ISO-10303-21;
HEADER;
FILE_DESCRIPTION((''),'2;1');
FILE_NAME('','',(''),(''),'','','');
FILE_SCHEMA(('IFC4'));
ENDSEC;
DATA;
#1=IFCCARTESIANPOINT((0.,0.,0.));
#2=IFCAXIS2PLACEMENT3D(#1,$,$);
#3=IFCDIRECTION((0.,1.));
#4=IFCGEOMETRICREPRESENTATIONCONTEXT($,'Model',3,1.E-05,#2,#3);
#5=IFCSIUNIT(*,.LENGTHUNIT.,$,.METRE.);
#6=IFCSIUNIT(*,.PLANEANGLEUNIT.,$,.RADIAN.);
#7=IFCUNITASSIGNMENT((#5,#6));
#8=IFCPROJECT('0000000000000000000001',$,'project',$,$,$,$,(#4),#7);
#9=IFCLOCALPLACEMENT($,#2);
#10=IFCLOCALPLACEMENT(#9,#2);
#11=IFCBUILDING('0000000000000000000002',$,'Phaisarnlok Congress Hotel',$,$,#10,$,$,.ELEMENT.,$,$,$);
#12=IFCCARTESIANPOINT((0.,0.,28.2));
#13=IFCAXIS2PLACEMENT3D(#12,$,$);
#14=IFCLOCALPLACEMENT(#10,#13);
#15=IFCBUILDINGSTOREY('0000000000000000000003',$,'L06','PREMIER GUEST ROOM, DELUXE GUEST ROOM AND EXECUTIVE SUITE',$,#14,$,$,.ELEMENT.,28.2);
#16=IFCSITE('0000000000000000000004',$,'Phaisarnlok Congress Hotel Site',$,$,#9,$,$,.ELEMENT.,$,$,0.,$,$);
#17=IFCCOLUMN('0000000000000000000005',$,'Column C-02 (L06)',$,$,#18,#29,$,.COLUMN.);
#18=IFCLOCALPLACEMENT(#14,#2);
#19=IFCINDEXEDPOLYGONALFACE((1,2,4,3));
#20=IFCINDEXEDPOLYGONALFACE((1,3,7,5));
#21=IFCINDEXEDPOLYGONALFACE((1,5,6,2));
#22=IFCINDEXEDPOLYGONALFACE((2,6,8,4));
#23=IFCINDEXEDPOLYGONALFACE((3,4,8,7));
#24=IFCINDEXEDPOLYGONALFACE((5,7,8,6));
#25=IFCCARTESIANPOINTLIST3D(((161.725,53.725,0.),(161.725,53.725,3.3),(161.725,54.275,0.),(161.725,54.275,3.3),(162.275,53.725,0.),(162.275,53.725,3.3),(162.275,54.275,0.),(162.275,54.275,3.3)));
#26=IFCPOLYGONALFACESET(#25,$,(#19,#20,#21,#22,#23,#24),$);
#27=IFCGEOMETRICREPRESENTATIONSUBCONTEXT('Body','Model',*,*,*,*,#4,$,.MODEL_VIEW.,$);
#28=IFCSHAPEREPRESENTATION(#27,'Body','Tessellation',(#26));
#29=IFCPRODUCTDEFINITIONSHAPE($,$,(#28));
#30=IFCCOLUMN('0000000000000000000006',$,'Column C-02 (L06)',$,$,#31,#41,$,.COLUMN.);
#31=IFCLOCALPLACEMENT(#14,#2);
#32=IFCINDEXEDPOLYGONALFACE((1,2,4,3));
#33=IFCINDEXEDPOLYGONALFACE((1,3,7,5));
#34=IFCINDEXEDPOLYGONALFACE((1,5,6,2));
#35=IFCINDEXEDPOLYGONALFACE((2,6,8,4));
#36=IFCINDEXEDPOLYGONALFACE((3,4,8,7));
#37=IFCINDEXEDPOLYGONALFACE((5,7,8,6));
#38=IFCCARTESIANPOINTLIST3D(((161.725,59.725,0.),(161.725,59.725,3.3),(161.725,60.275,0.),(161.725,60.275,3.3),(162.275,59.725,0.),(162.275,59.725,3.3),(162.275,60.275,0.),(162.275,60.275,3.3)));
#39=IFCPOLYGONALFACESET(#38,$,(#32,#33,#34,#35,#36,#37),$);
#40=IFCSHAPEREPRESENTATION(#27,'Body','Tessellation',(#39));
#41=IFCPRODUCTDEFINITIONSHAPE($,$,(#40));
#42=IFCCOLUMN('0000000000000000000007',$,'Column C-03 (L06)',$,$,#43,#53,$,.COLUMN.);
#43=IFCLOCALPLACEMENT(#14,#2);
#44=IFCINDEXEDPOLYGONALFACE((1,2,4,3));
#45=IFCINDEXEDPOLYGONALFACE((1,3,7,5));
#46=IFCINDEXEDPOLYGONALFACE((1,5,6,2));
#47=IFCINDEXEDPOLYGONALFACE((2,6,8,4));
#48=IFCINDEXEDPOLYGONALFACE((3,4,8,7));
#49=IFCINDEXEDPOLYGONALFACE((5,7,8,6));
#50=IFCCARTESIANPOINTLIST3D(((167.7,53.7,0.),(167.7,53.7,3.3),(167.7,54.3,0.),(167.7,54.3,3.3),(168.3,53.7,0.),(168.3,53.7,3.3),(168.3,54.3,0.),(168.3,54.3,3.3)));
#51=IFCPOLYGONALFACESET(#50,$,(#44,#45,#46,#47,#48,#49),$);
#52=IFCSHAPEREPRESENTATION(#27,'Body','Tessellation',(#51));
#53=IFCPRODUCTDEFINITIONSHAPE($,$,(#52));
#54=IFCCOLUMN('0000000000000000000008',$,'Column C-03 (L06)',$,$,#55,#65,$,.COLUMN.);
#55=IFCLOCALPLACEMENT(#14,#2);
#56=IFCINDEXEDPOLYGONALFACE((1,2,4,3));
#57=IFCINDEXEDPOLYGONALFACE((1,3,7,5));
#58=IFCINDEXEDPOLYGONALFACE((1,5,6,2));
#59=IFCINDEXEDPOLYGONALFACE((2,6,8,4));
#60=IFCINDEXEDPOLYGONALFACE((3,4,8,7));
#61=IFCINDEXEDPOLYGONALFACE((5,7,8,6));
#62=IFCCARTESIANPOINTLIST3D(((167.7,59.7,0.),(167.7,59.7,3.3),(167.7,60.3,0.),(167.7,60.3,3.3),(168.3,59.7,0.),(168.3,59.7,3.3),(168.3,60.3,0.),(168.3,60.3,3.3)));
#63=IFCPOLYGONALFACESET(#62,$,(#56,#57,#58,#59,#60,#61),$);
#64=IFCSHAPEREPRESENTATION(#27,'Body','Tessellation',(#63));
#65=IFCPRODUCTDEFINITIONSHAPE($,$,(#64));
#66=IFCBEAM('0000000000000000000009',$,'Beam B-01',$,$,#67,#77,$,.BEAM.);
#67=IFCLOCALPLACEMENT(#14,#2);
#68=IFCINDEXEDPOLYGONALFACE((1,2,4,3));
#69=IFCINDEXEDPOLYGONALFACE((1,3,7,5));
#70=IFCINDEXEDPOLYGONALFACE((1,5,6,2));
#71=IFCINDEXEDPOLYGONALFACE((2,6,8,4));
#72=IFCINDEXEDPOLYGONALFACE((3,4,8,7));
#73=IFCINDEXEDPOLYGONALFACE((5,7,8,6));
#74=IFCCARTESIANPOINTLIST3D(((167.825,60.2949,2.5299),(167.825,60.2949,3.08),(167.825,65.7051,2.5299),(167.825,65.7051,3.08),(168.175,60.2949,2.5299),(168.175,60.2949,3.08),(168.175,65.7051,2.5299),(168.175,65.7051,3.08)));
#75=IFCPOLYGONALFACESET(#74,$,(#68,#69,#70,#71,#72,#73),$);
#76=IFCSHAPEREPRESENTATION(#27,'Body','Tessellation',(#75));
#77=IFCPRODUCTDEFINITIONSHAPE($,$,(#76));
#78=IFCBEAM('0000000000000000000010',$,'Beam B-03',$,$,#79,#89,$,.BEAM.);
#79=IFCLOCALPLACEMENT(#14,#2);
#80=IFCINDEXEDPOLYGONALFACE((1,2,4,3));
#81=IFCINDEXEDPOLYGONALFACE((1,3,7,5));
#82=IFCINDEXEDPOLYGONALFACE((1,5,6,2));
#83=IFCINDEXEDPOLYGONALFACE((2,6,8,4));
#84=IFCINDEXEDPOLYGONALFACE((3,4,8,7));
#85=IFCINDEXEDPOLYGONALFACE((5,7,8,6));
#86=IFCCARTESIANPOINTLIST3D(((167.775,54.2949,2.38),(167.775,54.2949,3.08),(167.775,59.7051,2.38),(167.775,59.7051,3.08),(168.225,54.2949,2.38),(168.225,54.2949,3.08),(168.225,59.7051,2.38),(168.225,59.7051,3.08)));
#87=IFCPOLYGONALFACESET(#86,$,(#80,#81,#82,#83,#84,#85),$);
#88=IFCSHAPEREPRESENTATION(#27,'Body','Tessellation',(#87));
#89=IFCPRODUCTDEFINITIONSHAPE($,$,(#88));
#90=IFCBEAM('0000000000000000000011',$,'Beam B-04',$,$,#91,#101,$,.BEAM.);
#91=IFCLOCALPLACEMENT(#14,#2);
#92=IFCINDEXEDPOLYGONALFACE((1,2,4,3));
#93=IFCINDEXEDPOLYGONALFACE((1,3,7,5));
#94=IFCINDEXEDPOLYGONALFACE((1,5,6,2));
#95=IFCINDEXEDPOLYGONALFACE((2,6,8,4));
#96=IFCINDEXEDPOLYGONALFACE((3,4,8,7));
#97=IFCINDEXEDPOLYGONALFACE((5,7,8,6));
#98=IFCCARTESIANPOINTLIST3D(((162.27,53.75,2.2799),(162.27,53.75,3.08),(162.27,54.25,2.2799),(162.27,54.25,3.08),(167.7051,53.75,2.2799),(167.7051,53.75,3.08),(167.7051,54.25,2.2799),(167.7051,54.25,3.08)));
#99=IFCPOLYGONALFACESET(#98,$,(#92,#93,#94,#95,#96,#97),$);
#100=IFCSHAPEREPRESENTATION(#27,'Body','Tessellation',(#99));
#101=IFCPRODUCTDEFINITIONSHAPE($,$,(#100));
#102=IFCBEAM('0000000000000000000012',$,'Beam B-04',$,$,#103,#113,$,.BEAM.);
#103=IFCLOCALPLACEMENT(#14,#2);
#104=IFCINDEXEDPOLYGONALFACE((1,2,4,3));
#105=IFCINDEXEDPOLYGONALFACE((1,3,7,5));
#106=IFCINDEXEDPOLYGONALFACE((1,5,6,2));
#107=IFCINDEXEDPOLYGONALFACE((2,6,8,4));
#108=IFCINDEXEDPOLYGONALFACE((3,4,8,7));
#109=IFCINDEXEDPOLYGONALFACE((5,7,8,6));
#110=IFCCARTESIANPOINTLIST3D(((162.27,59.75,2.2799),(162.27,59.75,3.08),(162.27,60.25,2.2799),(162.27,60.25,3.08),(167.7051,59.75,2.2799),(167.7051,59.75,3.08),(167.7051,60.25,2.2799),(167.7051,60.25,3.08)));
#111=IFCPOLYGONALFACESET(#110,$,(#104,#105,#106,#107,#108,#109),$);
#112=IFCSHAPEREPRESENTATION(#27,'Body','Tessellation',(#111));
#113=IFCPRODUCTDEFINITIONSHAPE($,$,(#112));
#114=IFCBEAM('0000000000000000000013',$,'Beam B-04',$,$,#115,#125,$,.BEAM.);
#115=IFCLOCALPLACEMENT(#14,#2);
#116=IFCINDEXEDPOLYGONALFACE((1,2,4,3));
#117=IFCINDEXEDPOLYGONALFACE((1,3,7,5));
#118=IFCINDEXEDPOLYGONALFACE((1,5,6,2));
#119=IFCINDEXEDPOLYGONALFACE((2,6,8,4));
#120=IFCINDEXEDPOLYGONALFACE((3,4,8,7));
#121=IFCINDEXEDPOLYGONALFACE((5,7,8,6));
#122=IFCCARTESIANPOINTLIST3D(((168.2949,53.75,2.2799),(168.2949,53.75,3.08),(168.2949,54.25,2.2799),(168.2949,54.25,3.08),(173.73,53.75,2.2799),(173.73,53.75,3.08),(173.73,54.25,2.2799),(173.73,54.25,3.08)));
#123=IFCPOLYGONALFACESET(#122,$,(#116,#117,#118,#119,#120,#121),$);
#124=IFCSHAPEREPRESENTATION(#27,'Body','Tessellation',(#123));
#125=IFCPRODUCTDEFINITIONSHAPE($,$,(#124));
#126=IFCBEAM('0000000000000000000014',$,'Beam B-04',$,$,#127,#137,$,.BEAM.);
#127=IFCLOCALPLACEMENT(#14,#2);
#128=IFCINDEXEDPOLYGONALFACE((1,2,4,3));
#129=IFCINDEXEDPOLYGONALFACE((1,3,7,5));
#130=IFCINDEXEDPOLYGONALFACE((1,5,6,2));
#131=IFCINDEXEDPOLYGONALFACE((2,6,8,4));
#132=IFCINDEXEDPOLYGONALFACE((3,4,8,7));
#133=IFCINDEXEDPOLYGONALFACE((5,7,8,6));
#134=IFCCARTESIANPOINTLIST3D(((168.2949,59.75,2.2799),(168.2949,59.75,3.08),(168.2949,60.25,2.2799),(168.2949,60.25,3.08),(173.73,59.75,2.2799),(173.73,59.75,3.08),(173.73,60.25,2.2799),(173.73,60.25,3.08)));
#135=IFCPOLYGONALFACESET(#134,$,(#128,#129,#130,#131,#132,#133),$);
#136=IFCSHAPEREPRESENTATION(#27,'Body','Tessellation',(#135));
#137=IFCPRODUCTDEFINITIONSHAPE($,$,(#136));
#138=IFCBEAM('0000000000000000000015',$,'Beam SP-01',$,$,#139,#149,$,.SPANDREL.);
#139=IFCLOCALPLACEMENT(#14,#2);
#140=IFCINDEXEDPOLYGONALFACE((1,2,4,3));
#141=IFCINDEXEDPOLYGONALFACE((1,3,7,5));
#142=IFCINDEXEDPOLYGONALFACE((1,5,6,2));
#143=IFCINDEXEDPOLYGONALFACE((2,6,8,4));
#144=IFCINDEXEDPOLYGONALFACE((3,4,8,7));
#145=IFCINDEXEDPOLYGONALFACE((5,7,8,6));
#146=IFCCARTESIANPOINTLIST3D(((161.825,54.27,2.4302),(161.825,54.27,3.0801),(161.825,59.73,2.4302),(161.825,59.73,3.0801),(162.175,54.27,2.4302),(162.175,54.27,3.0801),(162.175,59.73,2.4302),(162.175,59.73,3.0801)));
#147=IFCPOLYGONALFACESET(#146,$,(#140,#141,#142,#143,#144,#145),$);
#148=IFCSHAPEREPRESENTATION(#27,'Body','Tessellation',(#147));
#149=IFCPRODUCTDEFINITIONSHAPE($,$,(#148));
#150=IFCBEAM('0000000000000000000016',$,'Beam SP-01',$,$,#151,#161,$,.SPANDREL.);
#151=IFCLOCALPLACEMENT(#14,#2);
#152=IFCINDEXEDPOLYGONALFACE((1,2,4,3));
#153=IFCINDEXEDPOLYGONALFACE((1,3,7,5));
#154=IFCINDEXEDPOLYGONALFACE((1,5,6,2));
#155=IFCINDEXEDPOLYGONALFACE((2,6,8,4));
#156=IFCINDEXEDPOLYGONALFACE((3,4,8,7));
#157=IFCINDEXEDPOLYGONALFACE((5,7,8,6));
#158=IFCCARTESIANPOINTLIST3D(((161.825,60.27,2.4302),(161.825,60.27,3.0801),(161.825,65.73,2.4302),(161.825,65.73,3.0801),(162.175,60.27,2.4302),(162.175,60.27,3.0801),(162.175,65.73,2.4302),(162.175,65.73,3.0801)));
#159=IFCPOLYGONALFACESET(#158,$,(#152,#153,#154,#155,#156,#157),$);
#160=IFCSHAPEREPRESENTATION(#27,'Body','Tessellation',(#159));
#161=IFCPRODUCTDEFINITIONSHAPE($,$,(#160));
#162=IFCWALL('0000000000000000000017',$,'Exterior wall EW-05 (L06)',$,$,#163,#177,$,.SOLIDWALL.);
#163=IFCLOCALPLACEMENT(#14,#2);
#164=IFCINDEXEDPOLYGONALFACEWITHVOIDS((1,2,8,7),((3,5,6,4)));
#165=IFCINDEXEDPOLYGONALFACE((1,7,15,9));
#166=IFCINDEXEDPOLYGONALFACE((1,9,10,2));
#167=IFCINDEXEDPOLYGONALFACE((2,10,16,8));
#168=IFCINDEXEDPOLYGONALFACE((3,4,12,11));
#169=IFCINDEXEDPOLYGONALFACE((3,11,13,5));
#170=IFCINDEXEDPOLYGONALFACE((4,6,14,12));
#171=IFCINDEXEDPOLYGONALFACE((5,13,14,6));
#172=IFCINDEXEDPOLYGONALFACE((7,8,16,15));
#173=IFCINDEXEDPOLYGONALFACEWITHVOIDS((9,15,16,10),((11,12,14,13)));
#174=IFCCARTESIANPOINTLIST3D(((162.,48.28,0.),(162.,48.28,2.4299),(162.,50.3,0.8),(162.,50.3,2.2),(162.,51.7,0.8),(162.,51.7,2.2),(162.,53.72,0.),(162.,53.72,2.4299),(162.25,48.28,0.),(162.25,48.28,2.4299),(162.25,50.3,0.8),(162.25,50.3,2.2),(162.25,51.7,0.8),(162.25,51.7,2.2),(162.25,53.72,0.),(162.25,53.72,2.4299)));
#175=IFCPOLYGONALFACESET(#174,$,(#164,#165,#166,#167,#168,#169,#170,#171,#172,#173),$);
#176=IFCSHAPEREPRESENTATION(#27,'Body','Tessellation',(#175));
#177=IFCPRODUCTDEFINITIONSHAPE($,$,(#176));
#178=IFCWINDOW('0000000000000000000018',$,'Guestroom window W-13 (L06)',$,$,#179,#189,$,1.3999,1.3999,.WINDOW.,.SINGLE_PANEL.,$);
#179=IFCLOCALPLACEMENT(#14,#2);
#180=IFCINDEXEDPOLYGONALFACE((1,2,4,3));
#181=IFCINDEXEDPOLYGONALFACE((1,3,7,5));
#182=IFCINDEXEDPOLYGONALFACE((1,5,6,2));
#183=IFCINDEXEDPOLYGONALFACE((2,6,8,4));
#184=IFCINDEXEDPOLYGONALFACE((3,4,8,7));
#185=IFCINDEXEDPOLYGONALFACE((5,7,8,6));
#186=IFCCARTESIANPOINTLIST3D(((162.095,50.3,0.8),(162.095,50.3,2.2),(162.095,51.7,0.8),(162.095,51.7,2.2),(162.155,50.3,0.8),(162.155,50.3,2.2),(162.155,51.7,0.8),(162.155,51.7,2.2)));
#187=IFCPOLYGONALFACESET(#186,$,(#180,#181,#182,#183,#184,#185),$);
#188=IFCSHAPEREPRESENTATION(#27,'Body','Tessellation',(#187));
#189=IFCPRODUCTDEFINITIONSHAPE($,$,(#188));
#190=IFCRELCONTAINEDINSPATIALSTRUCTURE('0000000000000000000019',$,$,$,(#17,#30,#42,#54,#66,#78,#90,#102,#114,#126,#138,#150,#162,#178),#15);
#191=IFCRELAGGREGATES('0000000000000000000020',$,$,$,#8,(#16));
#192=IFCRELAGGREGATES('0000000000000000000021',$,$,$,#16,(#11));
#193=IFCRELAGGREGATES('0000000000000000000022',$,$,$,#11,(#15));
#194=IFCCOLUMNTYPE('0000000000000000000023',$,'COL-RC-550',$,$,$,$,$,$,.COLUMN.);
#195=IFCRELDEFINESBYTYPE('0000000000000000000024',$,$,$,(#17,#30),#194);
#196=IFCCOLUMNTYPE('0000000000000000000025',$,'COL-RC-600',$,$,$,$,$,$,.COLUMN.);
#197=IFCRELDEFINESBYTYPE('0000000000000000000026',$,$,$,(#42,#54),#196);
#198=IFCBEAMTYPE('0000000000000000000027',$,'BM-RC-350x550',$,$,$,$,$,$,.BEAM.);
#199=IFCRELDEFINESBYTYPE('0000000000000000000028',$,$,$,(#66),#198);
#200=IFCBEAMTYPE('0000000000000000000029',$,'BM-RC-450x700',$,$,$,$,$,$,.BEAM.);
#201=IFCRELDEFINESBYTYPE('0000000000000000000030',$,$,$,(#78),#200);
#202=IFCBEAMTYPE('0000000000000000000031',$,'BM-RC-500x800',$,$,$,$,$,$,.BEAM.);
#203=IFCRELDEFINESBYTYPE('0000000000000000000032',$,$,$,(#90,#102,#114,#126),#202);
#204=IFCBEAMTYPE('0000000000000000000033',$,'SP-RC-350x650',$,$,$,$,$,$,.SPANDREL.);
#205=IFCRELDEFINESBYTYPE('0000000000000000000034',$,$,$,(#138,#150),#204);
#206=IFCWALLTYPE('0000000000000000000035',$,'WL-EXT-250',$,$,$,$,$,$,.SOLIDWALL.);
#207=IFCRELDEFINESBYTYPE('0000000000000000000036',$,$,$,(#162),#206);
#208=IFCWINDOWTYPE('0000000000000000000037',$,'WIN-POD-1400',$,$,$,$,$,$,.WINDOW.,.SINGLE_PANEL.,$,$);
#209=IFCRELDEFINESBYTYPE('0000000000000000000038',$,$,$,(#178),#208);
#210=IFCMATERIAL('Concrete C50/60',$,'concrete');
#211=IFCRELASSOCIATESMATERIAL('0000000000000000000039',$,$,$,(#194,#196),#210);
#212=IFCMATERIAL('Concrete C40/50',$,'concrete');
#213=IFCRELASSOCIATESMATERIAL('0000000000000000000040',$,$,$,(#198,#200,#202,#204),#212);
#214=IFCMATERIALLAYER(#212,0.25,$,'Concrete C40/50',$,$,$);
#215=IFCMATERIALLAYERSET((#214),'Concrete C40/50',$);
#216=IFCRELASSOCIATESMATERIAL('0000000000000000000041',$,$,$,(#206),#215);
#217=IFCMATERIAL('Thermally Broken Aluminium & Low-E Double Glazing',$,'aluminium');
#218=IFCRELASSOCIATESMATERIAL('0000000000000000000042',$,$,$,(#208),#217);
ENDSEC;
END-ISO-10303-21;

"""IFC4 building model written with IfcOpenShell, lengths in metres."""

from ifc_helpers import new_model, si_unit, direction, frame, frame_2d, origin, origin_2d, place, context, subcontext, project, spatial, rectangle, extrude, material, layer, layer_set, material_profile, profile_set, type_object, element, fill, save


model = new_model("IFC4")

# Units and contexts
model_context = context("Model", 3, precision=1e-05, world=origin(), true_north=direction((0.0, 1.0)))
body_context = subcontext(model_context, "Body", "Model", "MODEL_VIEW")
ifc_project = project(units=[si_unit("LENGTHUNIT", "METRE"), si_unit("PLANEANGLEUNIT", "RADIAN")], contexts=[model_context])

# Site, building, storey
site_placement = place(None, origin())
site = spatial("IfcSite", under=ifc_project, at=site_placement, Name="Phaisarnlok Congress Hotel Site", CompositionType="ELEMENT", RefElevation=0.0)
building_placement = place(site_placement, origin())
building = spatial("IfcBuilding", under=site, at=building_placement, Name="Phaisarnlok Congress Hotel", CompositionType="ELEMENT")
storey_placement = place(building_placement, frame((0.0, 0.0, 28.2)))
storey = spatial("IfcBuildingStorey", under=building, at=storey_placement, Name="L06", Description="PREMIER GUEST ROOM, DELUXE GUEST ROOM AND EXECUTIVE SUITE", CompositionType="ELEMENT", Elevation=28.2)

# Columns
ifc_material_1 = material(Name="Concrete C50/60", Category="concrete")
ifc_material_profile_1 = material_profile(ifc_material_1, rectangle(XDim=0.55, YDim=0.55, at=origin_2d()), Name="RC 550x550")
ifc_profile_set_1 = profile_set([ifc_material_profile_1], Name="Concrete C50/60")
column_type_1 = type_object("IfcColumnType", Name="COL-RC-550", PredefinedType="COLUMN", material=ifc_profile_set_1)
for number, where, z_axis, x_axis, name in (
    (1, (162.0, 54.0, 0.0), (0.0, 0.0, 1.0), (1.0, 0.0, 0.0), "Column C-02 (L06)"),
    (2, (162.0, 60.0, 0.0), (0.0, 0.0, 1.0), (1.0, 0.0, 0.0), "Column C-02 (L06)"),
):
    element("IfcColumn", number, at=place(storey_placement, frame(where, z_axis=z_axis, x_axis=x_axis)), inside=storey, type_object=column_type_1, Name=name, PredefinedType="COLUMN", context=body_context, shape_type="SweptSolid", body=[
        extrude(rectangle(XDim=0.55, YDim=0.55, at=origin_2d()), origin(), (0.0, 0.0, 1.0), 3.3),
    ])
ifc_material_profile_2 = material_profile(ifc_material_1, rectangle(XDim=0.6001, YDim=0.6001, at=origin_2d()), Name="RC 600x600")
ifc_profile_set_2 = profile_set([ifc_material_profile_2], Name="Concrete C50/60")
column_type_2 = type_object("IfcColumnType", Name="COL-RC-600", PredefinedType="COLUMN", material=ifc_profile_set_2)
for number, where, z_axis, x_axis, name in (
    (3, (168.0, 54.0, 0.0), (0.0, 0.0, 1.0), (1.0, 0.0, 0.0), "Column C-03 (L06)"),
    (4, (168.0, 60.0, 0.0), (0.0, 0.0, 1.0), (1.0, 0.0, 0.0), "Column C-03 (L06)"),
):
    element("IfcColumn", number, at=place(storey_placement, frame(where, z_axis=z_axis, x_axis=x_axis)), inside=storey, type_object=column_type_2, Name=name, PredefinedType="COLUMN", context=body_context, shape_type="SweptSolid", body=[
        extrude(rectangle(XDim=0.6001, YDim=0.6001, at=origin_2d()), origin(), (0.0, 0.0, 1.0), 3.3),
    ])

# Beams
ifc_material_2 = material(Name="Concrete C40/50", Category="concrete")
ifc_material_profile_3 = material_profile(ifc_material_2, rectangle(XDim=0.3501, YDim=0.55, at=origin_2d()), Name="RC 350x550")
ifc_profile_set_3 = profile_set([ifc_material_profile_3], Name="Concrete C40/50")
beam_type_1 = type_object("IfcBeamType", Name="BM-RC-350x550", PredefinedType="BEAM", material=ifc_profile_set_3)
beam_1_placement = place(storey_placement, frame((168.0, 60.2949, 2.8049), z_axis=(0.0, 1.0, 0.0), x_axis=(-1.0, 0.0, 0.0)))
element("IfcBeam", 5, at=beam_1_placement, inside=storey, type_object=beam_type_1, Name="Beam B-01", PredefinedType="BEAM", context=body_context, shape_type="SweptSolid", body=[
    extrude(rectangle(XDim=0.3501, YDim=0.55, at=origin_2d()), origin(), (0.0, 0.0, 1.0), 5.4102),
])
ifc_material_profile_4 = material_profile(ifc_material_2, rectangle(XDim=0.45, YDim=0.7, at=origin_2d()), Name="RC 450x700")
ifc_profile_set_4 = profile_set([ifc_material_profile_4], Name="Concrete C40/50")
beam_type_2 = type_object("IfcBeamType", Name="BM-RC-450x700", PredefinedType="BEAM", material=ifc_profile_set_4)
beam_2_placement = place(storey_placement, frame((168.0, 54.2949, 2.73), z_axis=(0.0, 1.0, 0.0), x_axis=(-1.0, 0.0, 0.0)))
element("IfcBeam", 6, at=beam_2_placement, inside=storey, type_object=beam_type_2, Name="Beam B-03", PredefinedType="BEAM", context=body_context, shape_type="SweptSolid", body=[
    extrude(rectangle(XDim=0.45, YDim=0.7, at=origin_2d()), origin(), (0.0, 0.0, 1.0), 5.4102),
])
ifc_material_profile_5 = material_profile(ifc_material_2, rectangle(XDim=0.5, YDim=0.8, at=origin_2d()), Name="RC 500x800")
ifc_profile_set_5 = profile_set([ifc_material_profile_5], Name="Concrete C40/50")
beam_type_3 = type_object("IfcBeamType", Name="BM-RC-500x800", PredefinedType="BEAM", material=ifc_profile_set_5)
for number, where, z_axis, x_axis, name in (
    (7, (162.27, 54.0, 2.6799), (1.0, 0.0, 0.0), (0.0, 1.0, 0.0), "Beam B-04"),
    (8, (162.27, 60.0, 2.6799), (1.0, 0.0, 0.0), (0.0, 1.0, 0.0), "Beam B-04"),
    (9, (168.2949, 54.0, 2.6799), (1.0, 0.0, 0.0), (0.0, 1.0, 0.0), "Beam B-04"),
    (10, (168.2949, 60.0, 2.6799), (1.0, 0.0, 0.0), (0.0, 1.0, 0.0), "Beam B-04"),
):
    element("IfcBeam", number, at=place(storey_placement, frame(where, z_axis=z_axis, x_axis=x_axis)), inside=storey, type_object=beam_type_3, Name=name, PredefinedType="BEAM", context=body_context, shape_type="SweptSolid", body=[
        extrude(rectangle(XDim=0.5, YDim=0.8, at=origin_2d()), origin(), (0.0, 0.0, 1.0), 5.4351),
    ])
ifc_material_profile_6 = material_profile(ifc_material_2, rectangle(XDim=0.3501, YDim=0.6499, at=origin_2d()), Name="RC 350x650")
ifc_profile_set_6 = profile_set([ifc_material_profile_6], Name="Concrete C40/50")
beam_type_4 = type_object("IfcBeamType", Name="SP-RC-350x650", PredefinedType="SPANDREL", material=ifc_profile_set_6)
for number, where, z_axis, x_axis, name in (
    (11, (162.0, 54.27, 2.7551), (0.0, 1.0, 0.0), (-1.0, 0.0, 0.0), "Beam SP-01"),
    (12, (162.0, 60.27, 2.7551), (0.0, 1.0, 0.0), (-1.0, 0.0, 0.0), "Beam SP-01"),
):
    element("IfcBeam", number, at=place(storey_placement, frame(where, z_axis=z_axis, x_axis=x_axis)), inside=storey, type_object=beam_type_4, Name=name, PredefinedType="SPANDREL", context=body_context, shape_type="SweptSolid", body=[
        extrude(rectangle(XDim=0.3501, YDim=0.6499, at=origin_2d()), origin(), (0.0, 0.0, 1.0), 5.46),
    ])

# Wall, opening, window
ifc_layer_1 = layer(ifc_material_2, 0.25, Name="Concrete C40/50")
ifc_layer_set_1 = layer_set([ifc_layer_1], Name="Concrete C40/50")
wall_type_1 = type_object("IfcWallType", Name="WL-EXT-250", PredefinedType="SOLIDWALL", material=ifc_layer_set_1)
wall_1_placement = place(storey_placement, frame((162.125, 53.72, 0.0), z_axis=(0.0, 0.0, 1.0), x_axis=(0.0, -1.0, 0.0)))
wall_1 = element("IfcWall", 13, at=wall_1_placement, inside=storey, type_object=wall_type_1, Name="Exterior wall EW-05 (L06)", PredefinedType="SOLIDWALL", context=body_context, shape_type="SweptSolid", body=[
    extrude(rectangle(XDim=5.4399, YDim=0.25, at=frame_2d((2.72, 0.0))), origin(), (0.0, 0.0, 1.0), 2.4299),
])
opening_1_placement = place(wall_1_placement, frame((2.02, 0.0, 0.8)))
opening_1 = element("IfcOpeningElement", 14, at=opening_1_placement, cuts=wall_1, PredefinedType="OPENING", context=body_context, shape_type="SweptSolid", body=[
    extrude(rectangle(XDim=1.3999, YDim=1.3999, at=frame_2d((0.7, 0.7))), frame((0.0, 0.135, 0.0), z_axis=(0.0, -1.0, 0.0), x_axis=(1.0, 0.0, 0.0)), (0.0, 0.0, 1.0), 0.27),
])
ifc_material_3 = material(Name="Thermally Broken Aluminium & Low-E Double Glazing", Category="aluminium")
window_type = type_object("IfcWindowType", Name="WIN-POD-1400", PartitioningType="SINGLE_PANEL", PredefinedType="WINDOW", material=ifc_material_3)
window_1_placement = place(opening_1_placement, origin())
window_1 = element("IfcWindow", 15, at=window_1_placement, inside=storey, type_object=window_type, Name="Guestroom window W-13 (L06)", OverallHeight=1.3999, OverallWidth=1.3999, PartitioningType="SINGLE_PANEL", PredefinedType="WINDOW", context=body_context, shape_type="SweptSolid", body=[
    extrude(rectangle(XDim=1.3999, YDim=1.3999, at=frame_2d((0.7, 0.7))), frame((0.0, 0.03, 0.0), z_axis=(0.0, -1.0, 0.0), x_axis=(1.0, 0.0, 0.0)), (0.0, 0.0, 1.0), 0.0601),
])
fill(opening_1, window_1)

save(model, "model.ifc")
